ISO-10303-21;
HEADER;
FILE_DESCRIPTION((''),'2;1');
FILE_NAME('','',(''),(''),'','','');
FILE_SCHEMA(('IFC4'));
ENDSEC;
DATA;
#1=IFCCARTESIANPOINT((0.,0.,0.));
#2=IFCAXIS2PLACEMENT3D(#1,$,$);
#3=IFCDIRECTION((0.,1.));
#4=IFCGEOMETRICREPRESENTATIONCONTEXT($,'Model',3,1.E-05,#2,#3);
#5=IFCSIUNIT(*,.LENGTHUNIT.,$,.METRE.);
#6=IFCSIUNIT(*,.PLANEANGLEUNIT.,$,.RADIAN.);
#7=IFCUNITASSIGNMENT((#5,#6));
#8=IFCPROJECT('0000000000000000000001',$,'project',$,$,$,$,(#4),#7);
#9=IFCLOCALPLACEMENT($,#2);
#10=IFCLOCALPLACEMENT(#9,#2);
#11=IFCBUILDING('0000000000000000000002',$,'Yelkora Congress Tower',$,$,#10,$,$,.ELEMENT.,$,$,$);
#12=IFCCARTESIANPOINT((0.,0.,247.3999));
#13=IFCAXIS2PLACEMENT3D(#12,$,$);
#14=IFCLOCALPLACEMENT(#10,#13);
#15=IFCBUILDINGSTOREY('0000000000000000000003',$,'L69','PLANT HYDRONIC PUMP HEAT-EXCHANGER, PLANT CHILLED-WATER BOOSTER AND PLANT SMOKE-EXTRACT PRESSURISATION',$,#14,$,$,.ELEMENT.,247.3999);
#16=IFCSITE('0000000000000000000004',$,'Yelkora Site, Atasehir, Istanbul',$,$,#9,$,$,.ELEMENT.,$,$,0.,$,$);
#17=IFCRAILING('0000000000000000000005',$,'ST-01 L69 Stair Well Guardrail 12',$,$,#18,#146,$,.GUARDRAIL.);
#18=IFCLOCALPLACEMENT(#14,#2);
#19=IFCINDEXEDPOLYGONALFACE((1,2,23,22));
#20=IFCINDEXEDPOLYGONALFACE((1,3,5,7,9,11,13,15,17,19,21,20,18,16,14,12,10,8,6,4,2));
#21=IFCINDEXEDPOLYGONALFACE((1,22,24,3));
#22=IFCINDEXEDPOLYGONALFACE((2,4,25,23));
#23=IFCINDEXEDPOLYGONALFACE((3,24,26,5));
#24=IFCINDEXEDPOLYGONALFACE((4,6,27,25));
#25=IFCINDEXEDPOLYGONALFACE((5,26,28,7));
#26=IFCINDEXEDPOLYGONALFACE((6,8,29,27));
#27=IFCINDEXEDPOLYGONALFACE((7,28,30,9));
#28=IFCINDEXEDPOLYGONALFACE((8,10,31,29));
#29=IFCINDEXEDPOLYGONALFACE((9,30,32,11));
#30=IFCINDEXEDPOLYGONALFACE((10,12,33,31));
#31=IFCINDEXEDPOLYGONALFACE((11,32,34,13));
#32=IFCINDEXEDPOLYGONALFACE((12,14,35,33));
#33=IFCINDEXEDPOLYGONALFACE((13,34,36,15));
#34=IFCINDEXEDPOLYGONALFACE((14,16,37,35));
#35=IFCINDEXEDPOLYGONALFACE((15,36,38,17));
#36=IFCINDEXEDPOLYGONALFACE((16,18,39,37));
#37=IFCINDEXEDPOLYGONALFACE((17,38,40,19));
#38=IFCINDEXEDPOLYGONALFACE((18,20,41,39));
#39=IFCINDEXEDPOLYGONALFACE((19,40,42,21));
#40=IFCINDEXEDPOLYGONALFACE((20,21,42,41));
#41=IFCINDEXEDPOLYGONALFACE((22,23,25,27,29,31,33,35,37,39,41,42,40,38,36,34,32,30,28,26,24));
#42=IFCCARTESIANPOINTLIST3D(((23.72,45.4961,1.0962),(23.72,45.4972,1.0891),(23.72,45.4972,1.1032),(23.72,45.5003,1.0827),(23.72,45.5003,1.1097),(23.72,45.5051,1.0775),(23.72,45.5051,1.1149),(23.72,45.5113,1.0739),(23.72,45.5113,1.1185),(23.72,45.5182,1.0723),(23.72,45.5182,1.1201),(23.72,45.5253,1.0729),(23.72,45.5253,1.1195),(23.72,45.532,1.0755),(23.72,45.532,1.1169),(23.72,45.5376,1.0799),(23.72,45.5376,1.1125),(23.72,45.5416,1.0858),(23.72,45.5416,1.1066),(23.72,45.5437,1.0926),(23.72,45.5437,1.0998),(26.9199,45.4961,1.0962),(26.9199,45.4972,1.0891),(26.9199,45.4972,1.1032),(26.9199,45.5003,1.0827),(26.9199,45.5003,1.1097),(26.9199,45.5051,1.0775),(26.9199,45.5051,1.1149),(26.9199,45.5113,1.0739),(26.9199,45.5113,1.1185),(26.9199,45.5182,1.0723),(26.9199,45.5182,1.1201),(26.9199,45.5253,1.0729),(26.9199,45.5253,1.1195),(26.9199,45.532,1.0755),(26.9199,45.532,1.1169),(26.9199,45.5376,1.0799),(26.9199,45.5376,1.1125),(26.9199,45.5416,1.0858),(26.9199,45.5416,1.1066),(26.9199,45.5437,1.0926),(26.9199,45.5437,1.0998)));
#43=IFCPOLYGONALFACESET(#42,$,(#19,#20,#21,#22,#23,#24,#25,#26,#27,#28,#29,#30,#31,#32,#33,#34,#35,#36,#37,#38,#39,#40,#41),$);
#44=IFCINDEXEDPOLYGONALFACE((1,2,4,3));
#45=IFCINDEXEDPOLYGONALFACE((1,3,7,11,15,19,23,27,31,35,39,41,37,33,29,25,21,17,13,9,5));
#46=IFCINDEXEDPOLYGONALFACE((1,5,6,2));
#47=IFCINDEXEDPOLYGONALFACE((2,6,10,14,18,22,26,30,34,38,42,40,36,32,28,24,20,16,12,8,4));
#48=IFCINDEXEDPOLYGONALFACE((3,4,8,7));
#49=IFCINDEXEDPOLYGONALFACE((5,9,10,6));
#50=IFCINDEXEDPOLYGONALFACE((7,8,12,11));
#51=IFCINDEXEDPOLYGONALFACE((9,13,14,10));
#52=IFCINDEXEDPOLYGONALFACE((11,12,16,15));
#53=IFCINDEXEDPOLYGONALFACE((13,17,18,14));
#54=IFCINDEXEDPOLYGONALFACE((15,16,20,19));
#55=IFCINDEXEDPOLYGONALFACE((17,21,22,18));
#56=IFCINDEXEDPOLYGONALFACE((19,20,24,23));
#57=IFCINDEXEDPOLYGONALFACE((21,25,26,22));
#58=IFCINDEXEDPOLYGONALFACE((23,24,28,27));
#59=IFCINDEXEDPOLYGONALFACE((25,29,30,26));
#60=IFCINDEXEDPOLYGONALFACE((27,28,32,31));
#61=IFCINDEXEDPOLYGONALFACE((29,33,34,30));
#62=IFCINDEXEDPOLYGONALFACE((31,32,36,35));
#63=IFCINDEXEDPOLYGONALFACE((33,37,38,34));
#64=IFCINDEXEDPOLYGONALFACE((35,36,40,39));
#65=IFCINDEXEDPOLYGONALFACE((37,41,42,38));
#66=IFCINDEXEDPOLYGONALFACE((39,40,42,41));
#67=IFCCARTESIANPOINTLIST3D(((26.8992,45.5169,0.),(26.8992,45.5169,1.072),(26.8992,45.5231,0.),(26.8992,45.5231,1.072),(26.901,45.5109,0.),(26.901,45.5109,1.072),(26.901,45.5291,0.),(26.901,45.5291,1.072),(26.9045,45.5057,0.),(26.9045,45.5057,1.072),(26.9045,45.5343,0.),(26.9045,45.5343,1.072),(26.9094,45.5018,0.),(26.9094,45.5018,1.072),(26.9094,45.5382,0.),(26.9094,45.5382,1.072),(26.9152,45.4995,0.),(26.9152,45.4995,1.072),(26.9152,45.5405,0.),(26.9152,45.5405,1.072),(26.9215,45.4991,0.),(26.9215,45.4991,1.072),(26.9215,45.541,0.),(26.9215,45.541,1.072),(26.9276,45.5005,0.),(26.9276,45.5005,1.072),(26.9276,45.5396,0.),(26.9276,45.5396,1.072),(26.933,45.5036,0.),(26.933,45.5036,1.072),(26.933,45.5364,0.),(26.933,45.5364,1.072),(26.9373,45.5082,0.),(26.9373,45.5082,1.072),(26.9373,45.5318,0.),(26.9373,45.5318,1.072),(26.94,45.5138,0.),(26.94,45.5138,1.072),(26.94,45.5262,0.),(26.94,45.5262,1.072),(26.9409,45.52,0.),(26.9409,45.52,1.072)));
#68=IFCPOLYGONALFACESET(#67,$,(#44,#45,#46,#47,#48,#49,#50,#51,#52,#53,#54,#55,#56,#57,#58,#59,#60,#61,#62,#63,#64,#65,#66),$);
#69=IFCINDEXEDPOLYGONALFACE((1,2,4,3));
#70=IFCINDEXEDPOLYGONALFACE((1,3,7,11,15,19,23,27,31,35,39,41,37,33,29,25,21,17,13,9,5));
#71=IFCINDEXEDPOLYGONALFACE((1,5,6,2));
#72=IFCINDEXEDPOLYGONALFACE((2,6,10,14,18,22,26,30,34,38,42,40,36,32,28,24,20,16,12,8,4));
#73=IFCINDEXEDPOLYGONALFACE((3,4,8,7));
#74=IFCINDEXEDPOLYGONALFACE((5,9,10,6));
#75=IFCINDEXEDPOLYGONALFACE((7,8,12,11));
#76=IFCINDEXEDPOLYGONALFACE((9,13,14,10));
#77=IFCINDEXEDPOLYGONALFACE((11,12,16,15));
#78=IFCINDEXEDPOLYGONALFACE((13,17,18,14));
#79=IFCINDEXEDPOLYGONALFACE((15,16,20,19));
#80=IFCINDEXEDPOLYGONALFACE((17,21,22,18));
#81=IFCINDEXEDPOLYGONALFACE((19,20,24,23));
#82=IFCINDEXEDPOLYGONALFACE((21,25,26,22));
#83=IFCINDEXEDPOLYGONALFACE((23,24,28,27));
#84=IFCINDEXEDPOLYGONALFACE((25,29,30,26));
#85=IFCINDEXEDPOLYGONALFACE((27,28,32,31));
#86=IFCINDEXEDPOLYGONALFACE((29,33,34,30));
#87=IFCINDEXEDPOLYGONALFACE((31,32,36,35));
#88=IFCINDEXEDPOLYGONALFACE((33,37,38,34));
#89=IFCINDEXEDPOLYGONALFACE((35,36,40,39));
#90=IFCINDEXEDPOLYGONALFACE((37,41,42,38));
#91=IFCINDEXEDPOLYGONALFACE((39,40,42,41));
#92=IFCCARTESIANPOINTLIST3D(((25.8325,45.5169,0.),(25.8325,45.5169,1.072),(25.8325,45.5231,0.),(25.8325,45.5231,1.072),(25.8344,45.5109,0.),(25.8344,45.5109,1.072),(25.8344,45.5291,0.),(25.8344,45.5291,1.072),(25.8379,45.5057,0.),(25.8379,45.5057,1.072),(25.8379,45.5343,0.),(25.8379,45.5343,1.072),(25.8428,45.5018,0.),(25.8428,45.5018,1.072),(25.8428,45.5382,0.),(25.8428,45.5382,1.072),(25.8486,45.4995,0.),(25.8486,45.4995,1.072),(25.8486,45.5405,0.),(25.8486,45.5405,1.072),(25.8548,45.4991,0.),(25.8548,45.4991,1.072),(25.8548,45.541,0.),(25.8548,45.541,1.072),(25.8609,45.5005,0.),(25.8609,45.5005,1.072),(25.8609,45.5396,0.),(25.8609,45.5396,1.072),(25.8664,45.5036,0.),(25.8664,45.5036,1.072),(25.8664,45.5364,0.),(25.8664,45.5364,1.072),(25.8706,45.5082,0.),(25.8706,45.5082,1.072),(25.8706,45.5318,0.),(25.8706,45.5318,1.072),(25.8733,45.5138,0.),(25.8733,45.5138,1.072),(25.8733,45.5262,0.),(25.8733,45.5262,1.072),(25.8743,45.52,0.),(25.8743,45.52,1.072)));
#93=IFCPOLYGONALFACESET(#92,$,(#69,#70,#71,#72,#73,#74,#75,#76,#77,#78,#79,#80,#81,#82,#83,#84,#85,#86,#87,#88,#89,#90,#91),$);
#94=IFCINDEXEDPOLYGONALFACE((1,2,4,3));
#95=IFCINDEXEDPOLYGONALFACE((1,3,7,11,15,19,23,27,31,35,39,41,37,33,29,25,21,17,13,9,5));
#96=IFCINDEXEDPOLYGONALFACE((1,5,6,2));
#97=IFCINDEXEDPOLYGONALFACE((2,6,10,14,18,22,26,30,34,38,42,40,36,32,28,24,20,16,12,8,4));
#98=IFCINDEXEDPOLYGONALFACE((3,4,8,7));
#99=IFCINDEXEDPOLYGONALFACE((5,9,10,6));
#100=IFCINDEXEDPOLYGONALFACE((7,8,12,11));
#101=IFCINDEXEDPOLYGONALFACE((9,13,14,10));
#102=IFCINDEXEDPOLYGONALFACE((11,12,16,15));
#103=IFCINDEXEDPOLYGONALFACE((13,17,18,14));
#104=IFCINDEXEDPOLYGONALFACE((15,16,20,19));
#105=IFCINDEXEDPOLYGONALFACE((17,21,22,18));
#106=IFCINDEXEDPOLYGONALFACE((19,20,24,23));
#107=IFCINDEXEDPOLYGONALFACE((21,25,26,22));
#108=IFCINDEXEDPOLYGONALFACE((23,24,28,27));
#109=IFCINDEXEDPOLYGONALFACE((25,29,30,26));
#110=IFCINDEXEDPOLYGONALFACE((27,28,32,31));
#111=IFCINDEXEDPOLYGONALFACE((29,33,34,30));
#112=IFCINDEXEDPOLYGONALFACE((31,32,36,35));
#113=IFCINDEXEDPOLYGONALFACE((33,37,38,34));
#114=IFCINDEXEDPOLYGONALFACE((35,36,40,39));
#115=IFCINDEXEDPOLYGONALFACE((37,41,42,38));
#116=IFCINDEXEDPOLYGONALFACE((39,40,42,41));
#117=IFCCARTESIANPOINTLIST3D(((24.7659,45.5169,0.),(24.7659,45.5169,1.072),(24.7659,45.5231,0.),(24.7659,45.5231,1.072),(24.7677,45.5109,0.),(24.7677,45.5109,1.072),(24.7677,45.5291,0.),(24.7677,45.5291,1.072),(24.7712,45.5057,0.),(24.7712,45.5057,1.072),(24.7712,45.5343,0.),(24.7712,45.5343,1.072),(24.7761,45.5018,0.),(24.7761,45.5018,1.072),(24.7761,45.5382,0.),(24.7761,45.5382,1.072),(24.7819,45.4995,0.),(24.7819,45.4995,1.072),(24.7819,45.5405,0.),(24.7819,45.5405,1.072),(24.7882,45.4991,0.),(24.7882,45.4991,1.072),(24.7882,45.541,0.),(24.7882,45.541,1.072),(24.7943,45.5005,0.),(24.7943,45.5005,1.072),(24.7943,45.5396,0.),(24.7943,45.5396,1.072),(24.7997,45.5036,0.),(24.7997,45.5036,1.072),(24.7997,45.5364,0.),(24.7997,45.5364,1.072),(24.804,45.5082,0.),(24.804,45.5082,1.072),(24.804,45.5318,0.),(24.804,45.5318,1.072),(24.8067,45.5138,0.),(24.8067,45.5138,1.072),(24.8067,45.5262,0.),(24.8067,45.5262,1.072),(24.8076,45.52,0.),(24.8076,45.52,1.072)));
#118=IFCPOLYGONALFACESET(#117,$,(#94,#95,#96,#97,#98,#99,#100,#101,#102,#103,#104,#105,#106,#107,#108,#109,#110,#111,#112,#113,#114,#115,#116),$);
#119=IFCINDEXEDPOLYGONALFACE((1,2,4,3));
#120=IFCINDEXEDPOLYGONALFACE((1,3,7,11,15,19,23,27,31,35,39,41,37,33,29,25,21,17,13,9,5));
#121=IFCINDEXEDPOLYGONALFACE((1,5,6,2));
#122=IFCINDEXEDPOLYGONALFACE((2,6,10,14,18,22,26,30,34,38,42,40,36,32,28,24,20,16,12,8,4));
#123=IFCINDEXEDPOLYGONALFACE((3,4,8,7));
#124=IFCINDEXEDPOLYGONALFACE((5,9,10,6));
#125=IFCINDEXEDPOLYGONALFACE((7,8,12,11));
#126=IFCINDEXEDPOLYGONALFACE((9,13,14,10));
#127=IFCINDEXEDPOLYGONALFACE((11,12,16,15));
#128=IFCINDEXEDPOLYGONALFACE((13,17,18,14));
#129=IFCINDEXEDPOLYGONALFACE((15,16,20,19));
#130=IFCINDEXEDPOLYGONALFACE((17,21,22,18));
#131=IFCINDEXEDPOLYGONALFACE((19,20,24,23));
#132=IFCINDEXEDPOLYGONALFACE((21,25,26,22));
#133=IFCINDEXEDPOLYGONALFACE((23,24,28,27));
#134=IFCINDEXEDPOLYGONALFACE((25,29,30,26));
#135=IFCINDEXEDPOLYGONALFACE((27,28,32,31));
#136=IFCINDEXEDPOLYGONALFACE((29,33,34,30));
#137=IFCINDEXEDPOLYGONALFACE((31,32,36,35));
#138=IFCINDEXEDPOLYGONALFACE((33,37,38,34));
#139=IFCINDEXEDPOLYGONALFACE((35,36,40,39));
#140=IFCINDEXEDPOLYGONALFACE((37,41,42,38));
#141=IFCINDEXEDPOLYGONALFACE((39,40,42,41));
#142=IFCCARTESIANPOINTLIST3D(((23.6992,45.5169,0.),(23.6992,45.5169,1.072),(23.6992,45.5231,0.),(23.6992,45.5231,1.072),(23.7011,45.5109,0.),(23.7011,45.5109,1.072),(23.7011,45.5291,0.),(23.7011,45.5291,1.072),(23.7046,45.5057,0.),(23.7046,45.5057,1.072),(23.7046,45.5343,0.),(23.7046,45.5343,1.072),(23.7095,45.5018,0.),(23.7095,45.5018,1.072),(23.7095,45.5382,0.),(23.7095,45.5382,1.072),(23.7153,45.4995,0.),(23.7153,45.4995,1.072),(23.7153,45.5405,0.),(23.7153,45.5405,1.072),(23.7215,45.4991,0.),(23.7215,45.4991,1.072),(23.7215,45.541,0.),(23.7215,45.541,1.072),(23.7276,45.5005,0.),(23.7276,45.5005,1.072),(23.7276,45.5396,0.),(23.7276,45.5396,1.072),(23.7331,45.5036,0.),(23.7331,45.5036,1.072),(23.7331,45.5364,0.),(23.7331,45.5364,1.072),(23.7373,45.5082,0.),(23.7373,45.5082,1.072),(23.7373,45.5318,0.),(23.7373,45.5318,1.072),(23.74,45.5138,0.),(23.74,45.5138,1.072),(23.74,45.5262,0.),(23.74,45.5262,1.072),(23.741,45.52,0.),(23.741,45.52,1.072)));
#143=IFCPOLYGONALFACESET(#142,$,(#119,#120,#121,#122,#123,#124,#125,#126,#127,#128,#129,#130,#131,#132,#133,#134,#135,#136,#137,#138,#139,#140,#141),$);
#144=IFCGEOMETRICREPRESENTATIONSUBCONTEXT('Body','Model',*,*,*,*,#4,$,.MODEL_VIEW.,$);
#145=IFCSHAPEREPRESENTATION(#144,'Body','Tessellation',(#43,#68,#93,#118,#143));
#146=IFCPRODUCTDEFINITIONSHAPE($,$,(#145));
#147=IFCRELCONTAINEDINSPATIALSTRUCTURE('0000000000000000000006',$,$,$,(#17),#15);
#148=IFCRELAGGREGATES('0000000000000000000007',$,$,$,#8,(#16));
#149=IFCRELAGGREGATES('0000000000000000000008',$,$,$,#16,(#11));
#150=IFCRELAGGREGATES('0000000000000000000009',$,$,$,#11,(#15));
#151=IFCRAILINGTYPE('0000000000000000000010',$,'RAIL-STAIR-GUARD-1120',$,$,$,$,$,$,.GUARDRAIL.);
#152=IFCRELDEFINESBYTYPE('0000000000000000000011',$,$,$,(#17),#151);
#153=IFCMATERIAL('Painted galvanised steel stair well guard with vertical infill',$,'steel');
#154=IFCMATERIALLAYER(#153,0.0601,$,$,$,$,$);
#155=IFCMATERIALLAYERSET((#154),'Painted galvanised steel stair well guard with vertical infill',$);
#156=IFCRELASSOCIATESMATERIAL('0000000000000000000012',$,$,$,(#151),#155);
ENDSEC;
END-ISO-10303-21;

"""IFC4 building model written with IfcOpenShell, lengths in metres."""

from ifc_helpers import new_model, si_unit, direction, frame, origin, origin_2d, place, context, subcontext, project, spatial, circle, extrude, material, layer, layer_set, type_object, element, save


model = new_model("IFC4")

# Units and contexts
model_context = context("Model", 3, precision=1e-05, world=origin(), true_north=direction((0.0, 1.0)))
body_context = subcontext(model_context, "Body", "Model", "MODEL_VIEW")
ifc_project = project(units=[si_unit("LENGTHUNIT", "METRE"), si_unit("PLANEANGLEUNIT", "RADIAN")], contexts=[model_context])

# Site, building, storey
site_placement = place(None, origin())
site = spatial("IfcSite", under=ifc_project, at=site_placement, Name="Yelkora Site, Atasehir, Istanbul", CompositionType="ELEMENT", RefElevation=0.0)
building_placement = place(site_placement, origin())
building = spatial("IfcBuilding", under=site, at=building_placement, Name="Yelkora Congress Tower", CompositionType="ELEMENT")
storey_placement = place(building_placement, frame((0.0, 0.0, 247.3999)))
storey = spatial("IfcBuildingStorey", under=building, at=storey_placement, Name="L69", Description="PLANT HYDRONIC PUMP HEAT-EXCHANGER, PLANT CHILLED-WATER BOOSTER AND PLANT SMOKE-EXTRACT PRESSURISATION", CompositionType="ELEMENT", Elevation=247.3999)

# Railing
ifc_material_1 = material(Name="Painted galvanised steel stair well guard with vertical infill", Category="steel")
ifc_layer_1 = layer(ifc_material_1, 0.0601)
ifc_layer_set_1 = layer_set([ifc_layer_1], Name="Painted galvanised steel stair well guard with vertical infill")
railing_type_1 = type_object("IfcRailingType", Name="RAIL-STAIR-GUARD-1120", PredefinedType="GUARDRAIL", material=ifc_layer_set_1)
railing_1_placement = place(storey_placement, frame((26.9199, 45.52, 0.0)))
element("IfcRailing", 1, at=railing_1_placement, inside=storey, type_object=railing_type_1, Name="ST-01 L69 Stair Well Guardrail 12", PredefinedType="GUARDRAIL", context=body_context, shape_type="SweptSolid", body=[
    extrude(circle(Radius=0.0239, at=origin_2d()), frame((0.0, 0.0, 1.0962), z_axis=(-1.0, 0.0, 0.0), x_axis=(0.0, -1.0, 0.0)), (0.0, 0.0, 1.0), 3.2),
    extrude(circle(Radius=0.021, at=origin_2d()), origin(), (0.0, 0.0, 1.0), 1.072),
    extrude(circle(Radius=0.021, at=origin_2d()), frame((-1.0667, 0.0, 0.0)), (0.0, 0.0, 1.0), 1.072),
    extrude(circle(Radius=0.021, at=origin_2d()), frame((-2.1333, 0.0, 0.0)), (0.0, 0.0, 1.0), 1.072),
    extrude(circle(Radius=0.021, at=origin_2d()), frame((-3.2, 0.0, 0.0)), (0.0, 0.0, 1.0), 1.072),
])

save(model, "model.ifc")
